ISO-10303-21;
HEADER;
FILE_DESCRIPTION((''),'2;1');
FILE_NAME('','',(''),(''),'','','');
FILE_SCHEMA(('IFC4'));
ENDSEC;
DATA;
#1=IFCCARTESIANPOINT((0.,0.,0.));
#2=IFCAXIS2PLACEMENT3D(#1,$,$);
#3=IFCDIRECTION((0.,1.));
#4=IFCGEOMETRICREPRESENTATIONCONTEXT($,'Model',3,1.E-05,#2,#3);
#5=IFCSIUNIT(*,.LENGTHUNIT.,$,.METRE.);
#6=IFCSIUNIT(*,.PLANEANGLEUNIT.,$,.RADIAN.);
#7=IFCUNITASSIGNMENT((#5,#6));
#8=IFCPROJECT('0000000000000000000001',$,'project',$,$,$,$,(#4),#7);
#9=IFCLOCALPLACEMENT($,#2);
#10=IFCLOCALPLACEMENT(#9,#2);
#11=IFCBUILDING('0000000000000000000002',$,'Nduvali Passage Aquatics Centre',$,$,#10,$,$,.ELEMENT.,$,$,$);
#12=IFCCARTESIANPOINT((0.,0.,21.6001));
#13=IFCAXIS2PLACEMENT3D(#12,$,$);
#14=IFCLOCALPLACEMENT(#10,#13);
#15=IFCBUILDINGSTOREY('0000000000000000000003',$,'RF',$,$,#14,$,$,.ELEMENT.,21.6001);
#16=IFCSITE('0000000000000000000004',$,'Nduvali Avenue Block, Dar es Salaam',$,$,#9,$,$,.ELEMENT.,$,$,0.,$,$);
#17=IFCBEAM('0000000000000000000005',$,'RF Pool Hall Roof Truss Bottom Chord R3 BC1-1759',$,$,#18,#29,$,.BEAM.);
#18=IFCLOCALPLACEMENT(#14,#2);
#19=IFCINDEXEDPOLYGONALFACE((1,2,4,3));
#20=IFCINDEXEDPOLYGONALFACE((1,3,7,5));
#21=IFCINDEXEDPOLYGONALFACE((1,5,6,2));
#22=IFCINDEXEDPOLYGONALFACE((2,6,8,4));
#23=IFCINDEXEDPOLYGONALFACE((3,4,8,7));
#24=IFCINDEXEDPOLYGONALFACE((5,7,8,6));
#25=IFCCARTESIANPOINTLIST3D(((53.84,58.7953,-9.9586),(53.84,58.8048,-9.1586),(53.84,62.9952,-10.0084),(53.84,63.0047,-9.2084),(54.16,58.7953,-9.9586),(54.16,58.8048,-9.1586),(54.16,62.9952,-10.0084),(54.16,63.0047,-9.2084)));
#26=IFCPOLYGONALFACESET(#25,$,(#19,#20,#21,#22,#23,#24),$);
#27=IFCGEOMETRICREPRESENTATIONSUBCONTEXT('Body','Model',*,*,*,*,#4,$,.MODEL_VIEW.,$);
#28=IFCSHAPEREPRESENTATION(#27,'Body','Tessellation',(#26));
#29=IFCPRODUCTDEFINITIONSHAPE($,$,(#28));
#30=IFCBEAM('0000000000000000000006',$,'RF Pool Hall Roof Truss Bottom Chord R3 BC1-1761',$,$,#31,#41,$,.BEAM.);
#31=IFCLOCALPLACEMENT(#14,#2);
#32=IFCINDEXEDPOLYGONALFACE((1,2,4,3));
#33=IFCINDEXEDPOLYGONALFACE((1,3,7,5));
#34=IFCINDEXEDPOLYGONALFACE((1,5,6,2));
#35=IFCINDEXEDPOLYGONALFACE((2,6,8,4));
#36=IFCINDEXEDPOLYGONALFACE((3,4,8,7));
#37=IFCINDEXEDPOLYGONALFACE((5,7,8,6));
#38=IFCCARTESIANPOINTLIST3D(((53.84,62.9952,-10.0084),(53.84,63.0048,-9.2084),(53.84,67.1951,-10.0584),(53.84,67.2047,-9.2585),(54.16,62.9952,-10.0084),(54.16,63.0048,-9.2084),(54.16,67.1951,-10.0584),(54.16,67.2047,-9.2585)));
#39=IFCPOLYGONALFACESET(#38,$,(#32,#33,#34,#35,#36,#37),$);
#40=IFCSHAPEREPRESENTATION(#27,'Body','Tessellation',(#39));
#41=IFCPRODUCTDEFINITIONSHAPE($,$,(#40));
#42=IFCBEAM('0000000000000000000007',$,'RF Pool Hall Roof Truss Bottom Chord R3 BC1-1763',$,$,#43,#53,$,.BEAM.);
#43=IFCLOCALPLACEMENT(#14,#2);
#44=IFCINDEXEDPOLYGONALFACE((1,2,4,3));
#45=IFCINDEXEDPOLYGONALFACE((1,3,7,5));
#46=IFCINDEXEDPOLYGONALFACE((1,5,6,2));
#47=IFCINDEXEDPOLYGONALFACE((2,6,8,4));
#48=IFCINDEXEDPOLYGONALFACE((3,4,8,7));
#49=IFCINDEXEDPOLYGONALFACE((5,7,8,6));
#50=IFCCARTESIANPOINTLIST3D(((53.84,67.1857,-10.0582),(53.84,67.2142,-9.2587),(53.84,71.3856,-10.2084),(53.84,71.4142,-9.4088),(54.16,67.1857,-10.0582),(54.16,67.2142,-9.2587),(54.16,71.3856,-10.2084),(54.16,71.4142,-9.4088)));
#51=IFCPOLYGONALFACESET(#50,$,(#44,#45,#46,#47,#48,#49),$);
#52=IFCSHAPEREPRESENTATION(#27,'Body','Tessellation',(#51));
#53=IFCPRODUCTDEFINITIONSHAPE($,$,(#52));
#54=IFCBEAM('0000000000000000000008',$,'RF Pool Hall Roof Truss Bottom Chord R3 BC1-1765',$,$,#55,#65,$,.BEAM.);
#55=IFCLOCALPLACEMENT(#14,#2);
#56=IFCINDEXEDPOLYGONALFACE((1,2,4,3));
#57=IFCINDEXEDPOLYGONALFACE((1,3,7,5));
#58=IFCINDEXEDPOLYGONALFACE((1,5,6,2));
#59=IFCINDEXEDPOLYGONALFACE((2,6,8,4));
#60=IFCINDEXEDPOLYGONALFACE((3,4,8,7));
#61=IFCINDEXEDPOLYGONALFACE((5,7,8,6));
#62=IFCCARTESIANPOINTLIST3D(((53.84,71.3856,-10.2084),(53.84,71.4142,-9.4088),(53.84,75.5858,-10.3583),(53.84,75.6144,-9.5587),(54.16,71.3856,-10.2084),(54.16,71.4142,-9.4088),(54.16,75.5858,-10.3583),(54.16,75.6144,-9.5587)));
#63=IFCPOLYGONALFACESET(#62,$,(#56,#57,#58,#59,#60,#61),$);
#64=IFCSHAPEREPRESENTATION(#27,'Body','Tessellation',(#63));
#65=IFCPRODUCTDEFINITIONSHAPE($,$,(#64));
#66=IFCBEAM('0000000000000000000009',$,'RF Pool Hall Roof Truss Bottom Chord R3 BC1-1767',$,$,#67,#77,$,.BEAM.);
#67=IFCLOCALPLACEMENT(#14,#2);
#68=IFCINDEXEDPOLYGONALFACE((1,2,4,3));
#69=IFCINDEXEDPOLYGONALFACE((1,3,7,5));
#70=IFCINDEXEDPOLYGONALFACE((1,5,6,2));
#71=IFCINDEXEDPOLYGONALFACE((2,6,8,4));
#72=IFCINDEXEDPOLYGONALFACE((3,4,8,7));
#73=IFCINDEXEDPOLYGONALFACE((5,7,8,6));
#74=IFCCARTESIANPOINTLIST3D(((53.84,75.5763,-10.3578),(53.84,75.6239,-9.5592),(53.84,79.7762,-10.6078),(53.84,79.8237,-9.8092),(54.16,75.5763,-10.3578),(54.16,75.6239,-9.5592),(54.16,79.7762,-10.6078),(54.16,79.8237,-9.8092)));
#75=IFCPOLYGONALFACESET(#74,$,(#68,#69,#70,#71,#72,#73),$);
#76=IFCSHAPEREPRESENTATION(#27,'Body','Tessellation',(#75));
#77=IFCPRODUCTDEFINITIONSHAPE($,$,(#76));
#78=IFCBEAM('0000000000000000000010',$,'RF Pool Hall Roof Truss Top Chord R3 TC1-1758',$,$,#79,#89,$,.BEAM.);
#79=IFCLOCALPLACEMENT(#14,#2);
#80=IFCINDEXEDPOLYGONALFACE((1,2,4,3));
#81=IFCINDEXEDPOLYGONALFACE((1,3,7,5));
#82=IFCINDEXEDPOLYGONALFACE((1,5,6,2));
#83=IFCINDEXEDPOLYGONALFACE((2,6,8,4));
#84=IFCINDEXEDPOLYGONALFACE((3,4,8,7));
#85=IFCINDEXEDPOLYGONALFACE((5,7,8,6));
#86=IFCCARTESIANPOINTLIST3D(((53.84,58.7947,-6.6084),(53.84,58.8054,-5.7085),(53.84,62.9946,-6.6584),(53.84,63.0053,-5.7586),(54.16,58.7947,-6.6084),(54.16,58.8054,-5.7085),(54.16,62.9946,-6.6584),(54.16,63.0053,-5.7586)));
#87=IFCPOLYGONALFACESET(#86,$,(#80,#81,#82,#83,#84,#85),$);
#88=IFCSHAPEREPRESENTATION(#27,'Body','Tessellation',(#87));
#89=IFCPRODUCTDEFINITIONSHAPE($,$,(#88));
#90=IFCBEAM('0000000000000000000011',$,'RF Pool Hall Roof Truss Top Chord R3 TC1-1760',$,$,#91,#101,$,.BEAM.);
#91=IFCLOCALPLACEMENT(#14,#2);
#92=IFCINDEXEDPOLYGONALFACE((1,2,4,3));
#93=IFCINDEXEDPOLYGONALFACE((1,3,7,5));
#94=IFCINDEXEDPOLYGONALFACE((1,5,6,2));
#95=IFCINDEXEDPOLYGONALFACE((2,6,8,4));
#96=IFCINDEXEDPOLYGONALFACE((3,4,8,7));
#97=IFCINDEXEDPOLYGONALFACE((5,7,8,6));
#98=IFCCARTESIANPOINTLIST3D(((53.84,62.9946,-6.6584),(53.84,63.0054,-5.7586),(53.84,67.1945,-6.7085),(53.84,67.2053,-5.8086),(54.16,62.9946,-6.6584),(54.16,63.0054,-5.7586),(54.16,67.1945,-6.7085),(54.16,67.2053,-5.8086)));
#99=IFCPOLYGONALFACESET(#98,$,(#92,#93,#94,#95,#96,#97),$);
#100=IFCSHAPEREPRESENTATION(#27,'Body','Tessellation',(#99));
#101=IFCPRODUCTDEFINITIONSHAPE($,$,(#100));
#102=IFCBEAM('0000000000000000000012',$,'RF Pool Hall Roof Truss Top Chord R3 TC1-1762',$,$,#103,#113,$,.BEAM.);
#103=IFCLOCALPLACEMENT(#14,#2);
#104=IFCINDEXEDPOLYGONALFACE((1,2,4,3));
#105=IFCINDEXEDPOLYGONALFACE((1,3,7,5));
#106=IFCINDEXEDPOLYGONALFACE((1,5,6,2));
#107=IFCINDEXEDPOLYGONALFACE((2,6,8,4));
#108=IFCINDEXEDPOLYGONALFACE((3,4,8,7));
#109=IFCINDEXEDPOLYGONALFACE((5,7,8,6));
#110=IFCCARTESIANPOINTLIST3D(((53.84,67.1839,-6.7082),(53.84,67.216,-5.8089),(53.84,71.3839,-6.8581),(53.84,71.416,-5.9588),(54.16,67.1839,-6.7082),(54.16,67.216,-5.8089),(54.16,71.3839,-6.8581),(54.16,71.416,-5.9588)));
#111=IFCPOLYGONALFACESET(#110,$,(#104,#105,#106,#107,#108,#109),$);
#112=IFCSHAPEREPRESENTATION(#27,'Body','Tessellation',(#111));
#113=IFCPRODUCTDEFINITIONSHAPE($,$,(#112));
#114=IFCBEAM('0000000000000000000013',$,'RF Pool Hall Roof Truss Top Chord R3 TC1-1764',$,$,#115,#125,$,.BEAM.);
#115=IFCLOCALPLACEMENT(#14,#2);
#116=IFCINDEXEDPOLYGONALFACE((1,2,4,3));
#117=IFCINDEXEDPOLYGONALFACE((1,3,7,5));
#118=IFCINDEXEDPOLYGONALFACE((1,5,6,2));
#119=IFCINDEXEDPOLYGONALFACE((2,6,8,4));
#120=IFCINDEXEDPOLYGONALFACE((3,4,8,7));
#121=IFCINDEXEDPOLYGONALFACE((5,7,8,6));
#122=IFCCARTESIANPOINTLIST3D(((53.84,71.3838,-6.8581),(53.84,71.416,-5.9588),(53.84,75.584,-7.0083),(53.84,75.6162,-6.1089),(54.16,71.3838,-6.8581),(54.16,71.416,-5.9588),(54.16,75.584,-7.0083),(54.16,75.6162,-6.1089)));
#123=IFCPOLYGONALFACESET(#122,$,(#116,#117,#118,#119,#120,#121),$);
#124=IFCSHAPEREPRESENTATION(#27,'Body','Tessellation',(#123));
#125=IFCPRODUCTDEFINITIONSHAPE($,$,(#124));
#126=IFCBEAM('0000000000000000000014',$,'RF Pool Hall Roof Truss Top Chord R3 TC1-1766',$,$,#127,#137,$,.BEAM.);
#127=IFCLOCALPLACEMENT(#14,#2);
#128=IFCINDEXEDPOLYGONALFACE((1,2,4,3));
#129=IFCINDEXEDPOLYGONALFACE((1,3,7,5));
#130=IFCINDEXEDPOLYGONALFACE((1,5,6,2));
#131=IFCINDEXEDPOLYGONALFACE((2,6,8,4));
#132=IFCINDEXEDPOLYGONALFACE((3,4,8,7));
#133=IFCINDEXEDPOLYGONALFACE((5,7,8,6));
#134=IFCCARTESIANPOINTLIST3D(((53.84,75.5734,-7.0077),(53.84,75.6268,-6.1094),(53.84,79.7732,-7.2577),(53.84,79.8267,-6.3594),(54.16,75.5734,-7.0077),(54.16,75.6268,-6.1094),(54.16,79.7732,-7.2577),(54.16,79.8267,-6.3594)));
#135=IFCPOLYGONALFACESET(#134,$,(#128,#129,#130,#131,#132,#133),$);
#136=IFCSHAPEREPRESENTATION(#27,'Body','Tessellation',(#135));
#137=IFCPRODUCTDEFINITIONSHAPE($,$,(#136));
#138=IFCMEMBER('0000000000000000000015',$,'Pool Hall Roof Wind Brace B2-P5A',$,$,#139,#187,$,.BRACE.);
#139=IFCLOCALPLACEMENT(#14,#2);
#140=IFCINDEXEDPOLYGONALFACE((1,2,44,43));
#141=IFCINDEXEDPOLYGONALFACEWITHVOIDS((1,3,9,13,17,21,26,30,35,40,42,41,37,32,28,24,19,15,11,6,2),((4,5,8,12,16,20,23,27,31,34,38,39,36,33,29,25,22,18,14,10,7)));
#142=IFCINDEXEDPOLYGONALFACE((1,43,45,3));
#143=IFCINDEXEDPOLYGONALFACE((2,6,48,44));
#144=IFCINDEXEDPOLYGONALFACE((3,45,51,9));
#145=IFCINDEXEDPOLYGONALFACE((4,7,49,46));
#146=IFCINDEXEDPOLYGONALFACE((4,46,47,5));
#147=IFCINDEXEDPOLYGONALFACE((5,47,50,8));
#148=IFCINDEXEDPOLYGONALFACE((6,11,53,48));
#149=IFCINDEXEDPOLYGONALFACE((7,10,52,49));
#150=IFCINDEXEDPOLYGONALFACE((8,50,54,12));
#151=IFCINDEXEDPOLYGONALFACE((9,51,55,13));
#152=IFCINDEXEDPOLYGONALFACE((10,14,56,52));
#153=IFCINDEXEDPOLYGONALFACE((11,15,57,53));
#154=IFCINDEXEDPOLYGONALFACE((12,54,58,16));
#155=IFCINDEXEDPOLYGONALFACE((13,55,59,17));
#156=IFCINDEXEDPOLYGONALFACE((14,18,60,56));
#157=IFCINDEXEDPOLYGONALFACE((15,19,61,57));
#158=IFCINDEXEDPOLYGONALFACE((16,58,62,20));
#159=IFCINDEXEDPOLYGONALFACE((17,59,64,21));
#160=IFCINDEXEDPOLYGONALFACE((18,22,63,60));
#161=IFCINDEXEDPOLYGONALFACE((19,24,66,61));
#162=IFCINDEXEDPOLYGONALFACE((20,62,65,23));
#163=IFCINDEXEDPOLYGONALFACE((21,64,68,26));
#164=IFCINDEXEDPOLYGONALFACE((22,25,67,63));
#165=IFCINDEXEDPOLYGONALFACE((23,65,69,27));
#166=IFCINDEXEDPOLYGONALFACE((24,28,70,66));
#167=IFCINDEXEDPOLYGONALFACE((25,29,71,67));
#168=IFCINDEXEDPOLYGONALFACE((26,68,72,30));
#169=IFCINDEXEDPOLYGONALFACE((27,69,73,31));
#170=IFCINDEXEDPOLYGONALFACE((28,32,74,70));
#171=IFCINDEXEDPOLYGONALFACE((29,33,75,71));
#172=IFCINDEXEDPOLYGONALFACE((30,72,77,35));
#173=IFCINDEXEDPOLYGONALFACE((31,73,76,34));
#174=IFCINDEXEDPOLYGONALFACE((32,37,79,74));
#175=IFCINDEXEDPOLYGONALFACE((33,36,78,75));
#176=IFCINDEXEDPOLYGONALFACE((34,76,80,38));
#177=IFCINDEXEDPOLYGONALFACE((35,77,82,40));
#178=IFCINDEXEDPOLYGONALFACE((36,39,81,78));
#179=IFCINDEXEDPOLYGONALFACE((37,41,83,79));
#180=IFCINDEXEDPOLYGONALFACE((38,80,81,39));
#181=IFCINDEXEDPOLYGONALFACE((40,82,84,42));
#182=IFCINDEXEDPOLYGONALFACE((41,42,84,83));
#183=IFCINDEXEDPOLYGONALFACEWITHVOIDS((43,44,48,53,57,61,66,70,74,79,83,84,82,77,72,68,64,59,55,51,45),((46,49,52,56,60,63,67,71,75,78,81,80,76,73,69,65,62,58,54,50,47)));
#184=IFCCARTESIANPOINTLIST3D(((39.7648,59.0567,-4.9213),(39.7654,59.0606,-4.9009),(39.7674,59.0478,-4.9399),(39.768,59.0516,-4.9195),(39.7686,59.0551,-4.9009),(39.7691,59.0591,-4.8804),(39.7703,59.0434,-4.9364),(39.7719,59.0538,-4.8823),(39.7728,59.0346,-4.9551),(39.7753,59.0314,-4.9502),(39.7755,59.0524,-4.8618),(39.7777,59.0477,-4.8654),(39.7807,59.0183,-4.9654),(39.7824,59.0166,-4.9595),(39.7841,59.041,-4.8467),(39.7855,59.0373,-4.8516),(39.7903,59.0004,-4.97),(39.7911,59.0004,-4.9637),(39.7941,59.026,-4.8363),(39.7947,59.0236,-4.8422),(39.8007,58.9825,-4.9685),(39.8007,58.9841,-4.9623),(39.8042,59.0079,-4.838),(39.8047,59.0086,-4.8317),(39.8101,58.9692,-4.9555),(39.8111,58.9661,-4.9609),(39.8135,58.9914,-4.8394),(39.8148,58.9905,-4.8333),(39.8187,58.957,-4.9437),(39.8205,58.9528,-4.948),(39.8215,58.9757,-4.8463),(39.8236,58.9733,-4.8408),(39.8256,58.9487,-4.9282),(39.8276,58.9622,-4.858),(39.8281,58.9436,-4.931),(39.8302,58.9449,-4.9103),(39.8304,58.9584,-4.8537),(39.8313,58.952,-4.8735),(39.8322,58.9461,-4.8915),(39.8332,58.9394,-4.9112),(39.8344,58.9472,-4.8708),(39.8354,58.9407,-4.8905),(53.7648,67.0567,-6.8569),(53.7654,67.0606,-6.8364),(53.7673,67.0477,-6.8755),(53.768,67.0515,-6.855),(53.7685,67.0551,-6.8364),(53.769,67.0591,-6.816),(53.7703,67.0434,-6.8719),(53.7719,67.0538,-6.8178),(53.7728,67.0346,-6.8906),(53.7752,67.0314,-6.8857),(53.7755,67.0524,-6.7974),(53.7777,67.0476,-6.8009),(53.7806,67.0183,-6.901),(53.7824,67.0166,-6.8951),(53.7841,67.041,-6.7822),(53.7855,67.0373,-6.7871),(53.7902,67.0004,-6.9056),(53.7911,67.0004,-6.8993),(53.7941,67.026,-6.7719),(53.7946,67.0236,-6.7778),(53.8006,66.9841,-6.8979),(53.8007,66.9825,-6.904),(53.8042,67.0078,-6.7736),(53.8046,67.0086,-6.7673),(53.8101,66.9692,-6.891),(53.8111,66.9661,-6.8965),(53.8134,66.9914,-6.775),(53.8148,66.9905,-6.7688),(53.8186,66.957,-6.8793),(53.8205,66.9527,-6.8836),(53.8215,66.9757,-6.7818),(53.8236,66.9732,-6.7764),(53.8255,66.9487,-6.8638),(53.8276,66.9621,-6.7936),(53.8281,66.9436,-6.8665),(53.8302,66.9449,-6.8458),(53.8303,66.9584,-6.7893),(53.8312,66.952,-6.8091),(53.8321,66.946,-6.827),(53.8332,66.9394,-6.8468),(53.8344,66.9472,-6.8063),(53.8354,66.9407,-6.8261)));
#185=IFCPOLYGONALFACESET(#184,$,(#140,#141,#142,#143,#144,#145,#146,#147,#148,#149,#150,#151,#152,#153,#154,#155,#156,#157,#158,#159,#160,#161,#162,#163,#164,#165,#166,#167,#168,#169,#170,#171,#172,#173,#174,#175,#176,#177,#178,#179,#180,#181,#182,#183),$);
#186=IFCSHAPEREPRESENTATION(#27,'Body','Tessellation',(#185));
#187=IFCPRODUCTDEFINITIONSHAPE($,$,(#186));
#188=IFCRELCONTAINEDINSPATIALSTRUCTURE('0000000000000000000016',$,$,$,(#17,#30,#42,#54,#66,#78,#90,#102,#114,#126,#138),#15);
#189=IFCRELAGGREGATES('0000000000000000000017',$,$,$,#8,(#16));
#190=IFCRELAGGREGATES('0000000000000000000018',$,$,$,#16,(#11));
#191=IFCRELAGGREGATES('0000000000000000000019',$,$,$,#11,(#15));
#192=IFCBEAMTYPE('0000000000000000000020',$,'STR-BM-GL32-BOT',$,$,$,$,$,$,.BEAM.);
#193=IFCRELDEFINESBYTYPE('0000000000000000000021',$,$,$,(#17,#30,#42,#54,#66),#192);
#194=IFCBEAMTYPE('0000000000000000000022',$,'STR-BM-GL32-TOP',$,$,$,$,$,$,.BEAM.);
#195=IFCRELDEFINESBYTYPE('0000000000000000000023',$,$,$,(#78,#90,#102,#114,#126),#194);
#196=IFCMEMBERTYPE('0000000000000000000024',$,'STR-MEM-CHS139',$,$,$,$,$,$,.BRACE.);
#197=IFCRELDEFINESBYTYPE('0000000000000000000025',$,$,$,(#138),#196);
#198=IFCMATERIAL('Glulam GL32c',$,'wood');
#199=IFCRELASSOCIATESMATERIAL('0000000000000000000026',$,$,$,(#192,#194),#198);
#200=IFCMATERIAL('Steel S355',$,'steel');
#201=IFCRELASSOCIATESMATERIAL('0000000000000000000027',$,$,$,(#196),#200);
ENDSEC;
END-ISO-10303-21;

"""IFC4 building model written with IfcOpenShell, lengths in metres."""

from ifc_helpers import new_model, si_unit, direction, frame, origin, origin_2d, place, context, subcontext, project, spatial, rectangle, hollow_circle, extrude, material, material_profile, profile_set, type_object, element, save


model = new_model("IFC4")

# Units and contexts
model_context = context("Model", 3, precision=1e-05, world=origin(), true_north=direction((0.0, 1.0)))
body_context = subcontext(model_context, "Body", "Model", "MODEL_VIEW")
ifc_project = project(units=[si_unit("LENGTHUNIT", "METRE"), si_unit("PLANEANGLEUNIT", "RADIAN")], contexts=[model_context])

# Site, building, storey
site_placement = place(None, origin())
site = spatial("IfcSite", under=ifc_project, at=site_placement, Name="Nduvali Avenue Block, Dar es Salaam", CompositionType="ELEMENT", RefElevation=0.0)
building_placement = place(site_placement, origin())
building = spatial("IfcBuilding", under=site, at=building_placement, Name="Nduvali Passage Aquatics Centre", CompositionType="ELEMENT")
storey_placement = place(building_placement, frame((0.0, 0.0, 21.6001)))
storey = spatial("IfcBuildingStorey", under=building, at=storey_placement, Name="RF", CompositionType="ELEMENT", Elevation=21.6001)

# Beams
ifc_material_1 = material(Name="Glulam GL32c", Category="wood")
ifc_material_profile_1 = material_profile(ifc_material_1, rectangle(XDim=0.3201, YDim=0.8, at=origin_2d()), Name="GL32c 320x800")
ifc_profile_set_1 = profile_set([ifc_material_profile_1], Name="Glulam GL32c")
beam_type_1 = type_object("IfcBeamType", Name="STR-BM-GL32-BOT", PredefinedType="BEAM", material=ifc_profile_set_1)
for number, where, z_axis, x_axis, name in (
    (1, (54.0, 58.8, -9.5586), (0.0, 0.99993, -0.011858), (-1.0, 0.0, 0.0), "RF Pool Hall Roof Truss Bottom Chord R3 BC1-1759"),
    (2, (54.0, 63.0, -9.6084), (0.0, 0.999929, -0.011916), (-1.0, 0.0, 0.0), "RF Pool Hall Roof Truss Bottom Chord R3 BC1-1761"),
):
    element("IfcBeam", number, at=place(storey_placement, frame(where, z_axis=z_axis, x_axis=x_axis)), inside=storey, type_object=beam_type_1, Name=name, PredefinedType="BEAM", context=body_context, shape_type="SweptSolid", body=[
        extrude(rectangle(XDim=0.3201, YDim=0.8, at=origin_2d()), origin(), (0.0, 0.0, 1.0), 4.2002),
    ])
beam_1_placement = place(storey_placement, frame((54.0, 67.2, -9.6584), z_axis=(0.0, 0.999362, -0.035727), x_axis=(-1.0, 0.0, 0.0)))
element("IfcBeam", 3, at=beam_1_placement, inside=storey, type_object=beam_type_1, Name="RF Pool Hall Roof Truss Bottom Chord R3 BC1-1763", PredefinedType="BEAM", context=body_context, shape_type="SweptSolid", body=[
    extrude(rectangle(XDim=0.3201, YDim=0.8, at=origin_2d()), origin(), (0.0, 0.0, 1.0), 4.2026),
])
beam_2_placement = place(storey_placement, frame((54.0, 71.3999, -9.8086), z_axis=(0.0, 0.999364, -0.035667), x_axis=(-1.0, 0.0, 0.0)))
element("IfcBeam", 4, at=beam_2_placement, inside=storey, type_object=beam_type_1, Name="RF Pool Hall Roof Truss Bottom Chord R3 BC1-1765", PredefinedType="BEAM", context=body_context, shape_type="SweptSolid", body=[
    extrude(rectangle(XDim=0.3201, YDim=0.8, at=origin_2d()), origin(), (0.0, 0.0, 1.0), 4.2029),
])
beam_3_placement = place(storey_placement, frame((54.0, 75.6001, -9.9585), z_axis=(0.0, 0.998233, -0.059419), x_axis=(-1.0, 0.0, 0.0)))
element("IfcBeam", 5, at=beam_3_placement, inside=storey, type_object=beam_type_1, Name="RF Pool Hall Roof Truss Bottom Chord R3 BC1-1767", PredefinedType="BEAM", context=body_context, shape_type="SweptSolid", body=[
    extrude(rectangle(XDim=0.3201, YDim=0.8, at=origin_2d()), origin(), (0.0, 0.0, 1.0), 4.2073),
])
ifc_material_profile_2 = material_profile(ifc_material_1, rectangle(XDim=0.3201, YDim=0.8999, at=origin_2d()), Name="GL32c 320x900")
ifc_profile_set_2 = profile_set([ifc_material_profile_2], Name="Glulam GL32c")
beam_type_2 = type_object("IfcBeamType", Name="STR-BM-GL32-TOP", PredefinedType="BEAM", material=ifc_profile_set_2)
for number, where, z_axis, x_axis, name in (
    (6, (54.0, 58.8, -6.1584), (0.0, 0.999929, -0.011916), (-1.0, 0.0, 0.0), "RF Pool Hall Roof Truss Top Chord R3 TC1-1758"),
    (7, (54.0, 63.0, -6.2085), (0.0, 0.999929, -0.011916), (-1.0, 0.0, 0.0), "RF Pool Hall Roof Truss Top Chord R3 TC1-1760"),
):
    element("IfcBeam", number, at=place(storey_placement, frame(where, z_axis=z_axis, x_axis=x_axis)), inside=storey, type_object=beam_type_2, Name=name, PredefinedType="BEAM", context=body_context, shape_type="SweptSolid", body=[
        extrude(rectangle(XDim=0.3201, YDim=0.8999, at=origin_2d()), origin(), (0.0, 0.0, 1.0), 4.2002),
    ])
beam_4_placement = place(storey_placement, frame((54.0, 67.2, -6.2585), z_axis=(0.0, 0.999364, -0.035669), x_axis=(-1.0, 0.0, 0.0)))
element("IfcBeam", 8, at=beam_4_placement, inside=storey, type_object=beam_type_2, Name="RF Pool Hall Roof Truss Top Chord R3 TC1-1762", PredefinedType="BEAM", context=body_context, shape_type="SweptSolid", body=[
    extrude(rectangle(XDim=0.3201, YDim=0.8999, at=origin_2d()), origin(), (0.0, 0.0, 1.0), 4.2026),
])
beam_5_placement = place(storey_placement, frame((54.0, 71.3999, -6.4084), z_axis=(0.0, 0.999362, -0.035725), x_axis=(-1.0, 0.0, 0.0)))
element("IfcBeam", 9, at=beam_5_placement, inside=storey, type_object=beam_type_2, Name="RF Pool Hall Roof Truss Top Chord R3 TC1-1764", PredefinedType="BEAM", context=body_context, shape_type="SweptSolid", body=[
    extrude(rectangle(XDim=0.3201, YDim=0.8999, at=origin_2d()), origin(), (0.0, 0.0, 1.0), 4.2029),
])
beam_6_placement = place(storey_placement, frame((54.0, 75.6001, -6.5586), z_axis=(0.0, 0.998233, -0.059419), x_axis=(-1.0, 0.0, 0.0)))
element("IfcBeam", 10, at=beam_6_placement, inside=storey, type_object=beam_type_2, Name="RF Pool Hall Roof Truss Top Chord R3 TC1-1766", PredefinedType="BEAM", context=body_context, shape_type="SweptSolid", body=[
    extrude(rectangle(XDim=0.3201, YDim=0.8999, at=origin_2d()), origin(), (0.0, 0.0, 1.0), 4.2073),
])

# Member
ifc_material_2 = material(Name="Steel S355", Category="steel")
ifc_material_profile_3 = material_profile(ifc_material_2, hollow_circle(Radius=0.0698, WallThickness=0.0063, at=origin_2d()), Name="CHS 139.7x6.3")
ifc_profile_set_3 = profile_set([ifc_material_profile_3], Name="Steel S355")
member_type_1 = type_object("IfcMemberType", Name="STR-MEM-CHS139", PredefinedType="BRACE", material=ifc_profile_set_3)
member_1_placement = place(storey_placement, frame((39.8, 59.0, -4.9009), z_axis=(0.862055, 0.492603, -0.119182), x_axis=(-0.496139, 0.868243, 0.0)))
element("IfcMember", 11, at=member_1_placement, inside=storey, type_object=member_type_1, Name="Pool Hall Roof Wind Brace B2-P5A", PredefinedType="BRACE", context=body_context, shape_type="SweptSolid", body=[
    extrude(hollow_circle(Radius=0.0698, WallThickness=0.0063, at=origin_2d()), origin(), (0.0, 0.0, 1.0), 16.2402),
])

save(model, "model.ifc")
